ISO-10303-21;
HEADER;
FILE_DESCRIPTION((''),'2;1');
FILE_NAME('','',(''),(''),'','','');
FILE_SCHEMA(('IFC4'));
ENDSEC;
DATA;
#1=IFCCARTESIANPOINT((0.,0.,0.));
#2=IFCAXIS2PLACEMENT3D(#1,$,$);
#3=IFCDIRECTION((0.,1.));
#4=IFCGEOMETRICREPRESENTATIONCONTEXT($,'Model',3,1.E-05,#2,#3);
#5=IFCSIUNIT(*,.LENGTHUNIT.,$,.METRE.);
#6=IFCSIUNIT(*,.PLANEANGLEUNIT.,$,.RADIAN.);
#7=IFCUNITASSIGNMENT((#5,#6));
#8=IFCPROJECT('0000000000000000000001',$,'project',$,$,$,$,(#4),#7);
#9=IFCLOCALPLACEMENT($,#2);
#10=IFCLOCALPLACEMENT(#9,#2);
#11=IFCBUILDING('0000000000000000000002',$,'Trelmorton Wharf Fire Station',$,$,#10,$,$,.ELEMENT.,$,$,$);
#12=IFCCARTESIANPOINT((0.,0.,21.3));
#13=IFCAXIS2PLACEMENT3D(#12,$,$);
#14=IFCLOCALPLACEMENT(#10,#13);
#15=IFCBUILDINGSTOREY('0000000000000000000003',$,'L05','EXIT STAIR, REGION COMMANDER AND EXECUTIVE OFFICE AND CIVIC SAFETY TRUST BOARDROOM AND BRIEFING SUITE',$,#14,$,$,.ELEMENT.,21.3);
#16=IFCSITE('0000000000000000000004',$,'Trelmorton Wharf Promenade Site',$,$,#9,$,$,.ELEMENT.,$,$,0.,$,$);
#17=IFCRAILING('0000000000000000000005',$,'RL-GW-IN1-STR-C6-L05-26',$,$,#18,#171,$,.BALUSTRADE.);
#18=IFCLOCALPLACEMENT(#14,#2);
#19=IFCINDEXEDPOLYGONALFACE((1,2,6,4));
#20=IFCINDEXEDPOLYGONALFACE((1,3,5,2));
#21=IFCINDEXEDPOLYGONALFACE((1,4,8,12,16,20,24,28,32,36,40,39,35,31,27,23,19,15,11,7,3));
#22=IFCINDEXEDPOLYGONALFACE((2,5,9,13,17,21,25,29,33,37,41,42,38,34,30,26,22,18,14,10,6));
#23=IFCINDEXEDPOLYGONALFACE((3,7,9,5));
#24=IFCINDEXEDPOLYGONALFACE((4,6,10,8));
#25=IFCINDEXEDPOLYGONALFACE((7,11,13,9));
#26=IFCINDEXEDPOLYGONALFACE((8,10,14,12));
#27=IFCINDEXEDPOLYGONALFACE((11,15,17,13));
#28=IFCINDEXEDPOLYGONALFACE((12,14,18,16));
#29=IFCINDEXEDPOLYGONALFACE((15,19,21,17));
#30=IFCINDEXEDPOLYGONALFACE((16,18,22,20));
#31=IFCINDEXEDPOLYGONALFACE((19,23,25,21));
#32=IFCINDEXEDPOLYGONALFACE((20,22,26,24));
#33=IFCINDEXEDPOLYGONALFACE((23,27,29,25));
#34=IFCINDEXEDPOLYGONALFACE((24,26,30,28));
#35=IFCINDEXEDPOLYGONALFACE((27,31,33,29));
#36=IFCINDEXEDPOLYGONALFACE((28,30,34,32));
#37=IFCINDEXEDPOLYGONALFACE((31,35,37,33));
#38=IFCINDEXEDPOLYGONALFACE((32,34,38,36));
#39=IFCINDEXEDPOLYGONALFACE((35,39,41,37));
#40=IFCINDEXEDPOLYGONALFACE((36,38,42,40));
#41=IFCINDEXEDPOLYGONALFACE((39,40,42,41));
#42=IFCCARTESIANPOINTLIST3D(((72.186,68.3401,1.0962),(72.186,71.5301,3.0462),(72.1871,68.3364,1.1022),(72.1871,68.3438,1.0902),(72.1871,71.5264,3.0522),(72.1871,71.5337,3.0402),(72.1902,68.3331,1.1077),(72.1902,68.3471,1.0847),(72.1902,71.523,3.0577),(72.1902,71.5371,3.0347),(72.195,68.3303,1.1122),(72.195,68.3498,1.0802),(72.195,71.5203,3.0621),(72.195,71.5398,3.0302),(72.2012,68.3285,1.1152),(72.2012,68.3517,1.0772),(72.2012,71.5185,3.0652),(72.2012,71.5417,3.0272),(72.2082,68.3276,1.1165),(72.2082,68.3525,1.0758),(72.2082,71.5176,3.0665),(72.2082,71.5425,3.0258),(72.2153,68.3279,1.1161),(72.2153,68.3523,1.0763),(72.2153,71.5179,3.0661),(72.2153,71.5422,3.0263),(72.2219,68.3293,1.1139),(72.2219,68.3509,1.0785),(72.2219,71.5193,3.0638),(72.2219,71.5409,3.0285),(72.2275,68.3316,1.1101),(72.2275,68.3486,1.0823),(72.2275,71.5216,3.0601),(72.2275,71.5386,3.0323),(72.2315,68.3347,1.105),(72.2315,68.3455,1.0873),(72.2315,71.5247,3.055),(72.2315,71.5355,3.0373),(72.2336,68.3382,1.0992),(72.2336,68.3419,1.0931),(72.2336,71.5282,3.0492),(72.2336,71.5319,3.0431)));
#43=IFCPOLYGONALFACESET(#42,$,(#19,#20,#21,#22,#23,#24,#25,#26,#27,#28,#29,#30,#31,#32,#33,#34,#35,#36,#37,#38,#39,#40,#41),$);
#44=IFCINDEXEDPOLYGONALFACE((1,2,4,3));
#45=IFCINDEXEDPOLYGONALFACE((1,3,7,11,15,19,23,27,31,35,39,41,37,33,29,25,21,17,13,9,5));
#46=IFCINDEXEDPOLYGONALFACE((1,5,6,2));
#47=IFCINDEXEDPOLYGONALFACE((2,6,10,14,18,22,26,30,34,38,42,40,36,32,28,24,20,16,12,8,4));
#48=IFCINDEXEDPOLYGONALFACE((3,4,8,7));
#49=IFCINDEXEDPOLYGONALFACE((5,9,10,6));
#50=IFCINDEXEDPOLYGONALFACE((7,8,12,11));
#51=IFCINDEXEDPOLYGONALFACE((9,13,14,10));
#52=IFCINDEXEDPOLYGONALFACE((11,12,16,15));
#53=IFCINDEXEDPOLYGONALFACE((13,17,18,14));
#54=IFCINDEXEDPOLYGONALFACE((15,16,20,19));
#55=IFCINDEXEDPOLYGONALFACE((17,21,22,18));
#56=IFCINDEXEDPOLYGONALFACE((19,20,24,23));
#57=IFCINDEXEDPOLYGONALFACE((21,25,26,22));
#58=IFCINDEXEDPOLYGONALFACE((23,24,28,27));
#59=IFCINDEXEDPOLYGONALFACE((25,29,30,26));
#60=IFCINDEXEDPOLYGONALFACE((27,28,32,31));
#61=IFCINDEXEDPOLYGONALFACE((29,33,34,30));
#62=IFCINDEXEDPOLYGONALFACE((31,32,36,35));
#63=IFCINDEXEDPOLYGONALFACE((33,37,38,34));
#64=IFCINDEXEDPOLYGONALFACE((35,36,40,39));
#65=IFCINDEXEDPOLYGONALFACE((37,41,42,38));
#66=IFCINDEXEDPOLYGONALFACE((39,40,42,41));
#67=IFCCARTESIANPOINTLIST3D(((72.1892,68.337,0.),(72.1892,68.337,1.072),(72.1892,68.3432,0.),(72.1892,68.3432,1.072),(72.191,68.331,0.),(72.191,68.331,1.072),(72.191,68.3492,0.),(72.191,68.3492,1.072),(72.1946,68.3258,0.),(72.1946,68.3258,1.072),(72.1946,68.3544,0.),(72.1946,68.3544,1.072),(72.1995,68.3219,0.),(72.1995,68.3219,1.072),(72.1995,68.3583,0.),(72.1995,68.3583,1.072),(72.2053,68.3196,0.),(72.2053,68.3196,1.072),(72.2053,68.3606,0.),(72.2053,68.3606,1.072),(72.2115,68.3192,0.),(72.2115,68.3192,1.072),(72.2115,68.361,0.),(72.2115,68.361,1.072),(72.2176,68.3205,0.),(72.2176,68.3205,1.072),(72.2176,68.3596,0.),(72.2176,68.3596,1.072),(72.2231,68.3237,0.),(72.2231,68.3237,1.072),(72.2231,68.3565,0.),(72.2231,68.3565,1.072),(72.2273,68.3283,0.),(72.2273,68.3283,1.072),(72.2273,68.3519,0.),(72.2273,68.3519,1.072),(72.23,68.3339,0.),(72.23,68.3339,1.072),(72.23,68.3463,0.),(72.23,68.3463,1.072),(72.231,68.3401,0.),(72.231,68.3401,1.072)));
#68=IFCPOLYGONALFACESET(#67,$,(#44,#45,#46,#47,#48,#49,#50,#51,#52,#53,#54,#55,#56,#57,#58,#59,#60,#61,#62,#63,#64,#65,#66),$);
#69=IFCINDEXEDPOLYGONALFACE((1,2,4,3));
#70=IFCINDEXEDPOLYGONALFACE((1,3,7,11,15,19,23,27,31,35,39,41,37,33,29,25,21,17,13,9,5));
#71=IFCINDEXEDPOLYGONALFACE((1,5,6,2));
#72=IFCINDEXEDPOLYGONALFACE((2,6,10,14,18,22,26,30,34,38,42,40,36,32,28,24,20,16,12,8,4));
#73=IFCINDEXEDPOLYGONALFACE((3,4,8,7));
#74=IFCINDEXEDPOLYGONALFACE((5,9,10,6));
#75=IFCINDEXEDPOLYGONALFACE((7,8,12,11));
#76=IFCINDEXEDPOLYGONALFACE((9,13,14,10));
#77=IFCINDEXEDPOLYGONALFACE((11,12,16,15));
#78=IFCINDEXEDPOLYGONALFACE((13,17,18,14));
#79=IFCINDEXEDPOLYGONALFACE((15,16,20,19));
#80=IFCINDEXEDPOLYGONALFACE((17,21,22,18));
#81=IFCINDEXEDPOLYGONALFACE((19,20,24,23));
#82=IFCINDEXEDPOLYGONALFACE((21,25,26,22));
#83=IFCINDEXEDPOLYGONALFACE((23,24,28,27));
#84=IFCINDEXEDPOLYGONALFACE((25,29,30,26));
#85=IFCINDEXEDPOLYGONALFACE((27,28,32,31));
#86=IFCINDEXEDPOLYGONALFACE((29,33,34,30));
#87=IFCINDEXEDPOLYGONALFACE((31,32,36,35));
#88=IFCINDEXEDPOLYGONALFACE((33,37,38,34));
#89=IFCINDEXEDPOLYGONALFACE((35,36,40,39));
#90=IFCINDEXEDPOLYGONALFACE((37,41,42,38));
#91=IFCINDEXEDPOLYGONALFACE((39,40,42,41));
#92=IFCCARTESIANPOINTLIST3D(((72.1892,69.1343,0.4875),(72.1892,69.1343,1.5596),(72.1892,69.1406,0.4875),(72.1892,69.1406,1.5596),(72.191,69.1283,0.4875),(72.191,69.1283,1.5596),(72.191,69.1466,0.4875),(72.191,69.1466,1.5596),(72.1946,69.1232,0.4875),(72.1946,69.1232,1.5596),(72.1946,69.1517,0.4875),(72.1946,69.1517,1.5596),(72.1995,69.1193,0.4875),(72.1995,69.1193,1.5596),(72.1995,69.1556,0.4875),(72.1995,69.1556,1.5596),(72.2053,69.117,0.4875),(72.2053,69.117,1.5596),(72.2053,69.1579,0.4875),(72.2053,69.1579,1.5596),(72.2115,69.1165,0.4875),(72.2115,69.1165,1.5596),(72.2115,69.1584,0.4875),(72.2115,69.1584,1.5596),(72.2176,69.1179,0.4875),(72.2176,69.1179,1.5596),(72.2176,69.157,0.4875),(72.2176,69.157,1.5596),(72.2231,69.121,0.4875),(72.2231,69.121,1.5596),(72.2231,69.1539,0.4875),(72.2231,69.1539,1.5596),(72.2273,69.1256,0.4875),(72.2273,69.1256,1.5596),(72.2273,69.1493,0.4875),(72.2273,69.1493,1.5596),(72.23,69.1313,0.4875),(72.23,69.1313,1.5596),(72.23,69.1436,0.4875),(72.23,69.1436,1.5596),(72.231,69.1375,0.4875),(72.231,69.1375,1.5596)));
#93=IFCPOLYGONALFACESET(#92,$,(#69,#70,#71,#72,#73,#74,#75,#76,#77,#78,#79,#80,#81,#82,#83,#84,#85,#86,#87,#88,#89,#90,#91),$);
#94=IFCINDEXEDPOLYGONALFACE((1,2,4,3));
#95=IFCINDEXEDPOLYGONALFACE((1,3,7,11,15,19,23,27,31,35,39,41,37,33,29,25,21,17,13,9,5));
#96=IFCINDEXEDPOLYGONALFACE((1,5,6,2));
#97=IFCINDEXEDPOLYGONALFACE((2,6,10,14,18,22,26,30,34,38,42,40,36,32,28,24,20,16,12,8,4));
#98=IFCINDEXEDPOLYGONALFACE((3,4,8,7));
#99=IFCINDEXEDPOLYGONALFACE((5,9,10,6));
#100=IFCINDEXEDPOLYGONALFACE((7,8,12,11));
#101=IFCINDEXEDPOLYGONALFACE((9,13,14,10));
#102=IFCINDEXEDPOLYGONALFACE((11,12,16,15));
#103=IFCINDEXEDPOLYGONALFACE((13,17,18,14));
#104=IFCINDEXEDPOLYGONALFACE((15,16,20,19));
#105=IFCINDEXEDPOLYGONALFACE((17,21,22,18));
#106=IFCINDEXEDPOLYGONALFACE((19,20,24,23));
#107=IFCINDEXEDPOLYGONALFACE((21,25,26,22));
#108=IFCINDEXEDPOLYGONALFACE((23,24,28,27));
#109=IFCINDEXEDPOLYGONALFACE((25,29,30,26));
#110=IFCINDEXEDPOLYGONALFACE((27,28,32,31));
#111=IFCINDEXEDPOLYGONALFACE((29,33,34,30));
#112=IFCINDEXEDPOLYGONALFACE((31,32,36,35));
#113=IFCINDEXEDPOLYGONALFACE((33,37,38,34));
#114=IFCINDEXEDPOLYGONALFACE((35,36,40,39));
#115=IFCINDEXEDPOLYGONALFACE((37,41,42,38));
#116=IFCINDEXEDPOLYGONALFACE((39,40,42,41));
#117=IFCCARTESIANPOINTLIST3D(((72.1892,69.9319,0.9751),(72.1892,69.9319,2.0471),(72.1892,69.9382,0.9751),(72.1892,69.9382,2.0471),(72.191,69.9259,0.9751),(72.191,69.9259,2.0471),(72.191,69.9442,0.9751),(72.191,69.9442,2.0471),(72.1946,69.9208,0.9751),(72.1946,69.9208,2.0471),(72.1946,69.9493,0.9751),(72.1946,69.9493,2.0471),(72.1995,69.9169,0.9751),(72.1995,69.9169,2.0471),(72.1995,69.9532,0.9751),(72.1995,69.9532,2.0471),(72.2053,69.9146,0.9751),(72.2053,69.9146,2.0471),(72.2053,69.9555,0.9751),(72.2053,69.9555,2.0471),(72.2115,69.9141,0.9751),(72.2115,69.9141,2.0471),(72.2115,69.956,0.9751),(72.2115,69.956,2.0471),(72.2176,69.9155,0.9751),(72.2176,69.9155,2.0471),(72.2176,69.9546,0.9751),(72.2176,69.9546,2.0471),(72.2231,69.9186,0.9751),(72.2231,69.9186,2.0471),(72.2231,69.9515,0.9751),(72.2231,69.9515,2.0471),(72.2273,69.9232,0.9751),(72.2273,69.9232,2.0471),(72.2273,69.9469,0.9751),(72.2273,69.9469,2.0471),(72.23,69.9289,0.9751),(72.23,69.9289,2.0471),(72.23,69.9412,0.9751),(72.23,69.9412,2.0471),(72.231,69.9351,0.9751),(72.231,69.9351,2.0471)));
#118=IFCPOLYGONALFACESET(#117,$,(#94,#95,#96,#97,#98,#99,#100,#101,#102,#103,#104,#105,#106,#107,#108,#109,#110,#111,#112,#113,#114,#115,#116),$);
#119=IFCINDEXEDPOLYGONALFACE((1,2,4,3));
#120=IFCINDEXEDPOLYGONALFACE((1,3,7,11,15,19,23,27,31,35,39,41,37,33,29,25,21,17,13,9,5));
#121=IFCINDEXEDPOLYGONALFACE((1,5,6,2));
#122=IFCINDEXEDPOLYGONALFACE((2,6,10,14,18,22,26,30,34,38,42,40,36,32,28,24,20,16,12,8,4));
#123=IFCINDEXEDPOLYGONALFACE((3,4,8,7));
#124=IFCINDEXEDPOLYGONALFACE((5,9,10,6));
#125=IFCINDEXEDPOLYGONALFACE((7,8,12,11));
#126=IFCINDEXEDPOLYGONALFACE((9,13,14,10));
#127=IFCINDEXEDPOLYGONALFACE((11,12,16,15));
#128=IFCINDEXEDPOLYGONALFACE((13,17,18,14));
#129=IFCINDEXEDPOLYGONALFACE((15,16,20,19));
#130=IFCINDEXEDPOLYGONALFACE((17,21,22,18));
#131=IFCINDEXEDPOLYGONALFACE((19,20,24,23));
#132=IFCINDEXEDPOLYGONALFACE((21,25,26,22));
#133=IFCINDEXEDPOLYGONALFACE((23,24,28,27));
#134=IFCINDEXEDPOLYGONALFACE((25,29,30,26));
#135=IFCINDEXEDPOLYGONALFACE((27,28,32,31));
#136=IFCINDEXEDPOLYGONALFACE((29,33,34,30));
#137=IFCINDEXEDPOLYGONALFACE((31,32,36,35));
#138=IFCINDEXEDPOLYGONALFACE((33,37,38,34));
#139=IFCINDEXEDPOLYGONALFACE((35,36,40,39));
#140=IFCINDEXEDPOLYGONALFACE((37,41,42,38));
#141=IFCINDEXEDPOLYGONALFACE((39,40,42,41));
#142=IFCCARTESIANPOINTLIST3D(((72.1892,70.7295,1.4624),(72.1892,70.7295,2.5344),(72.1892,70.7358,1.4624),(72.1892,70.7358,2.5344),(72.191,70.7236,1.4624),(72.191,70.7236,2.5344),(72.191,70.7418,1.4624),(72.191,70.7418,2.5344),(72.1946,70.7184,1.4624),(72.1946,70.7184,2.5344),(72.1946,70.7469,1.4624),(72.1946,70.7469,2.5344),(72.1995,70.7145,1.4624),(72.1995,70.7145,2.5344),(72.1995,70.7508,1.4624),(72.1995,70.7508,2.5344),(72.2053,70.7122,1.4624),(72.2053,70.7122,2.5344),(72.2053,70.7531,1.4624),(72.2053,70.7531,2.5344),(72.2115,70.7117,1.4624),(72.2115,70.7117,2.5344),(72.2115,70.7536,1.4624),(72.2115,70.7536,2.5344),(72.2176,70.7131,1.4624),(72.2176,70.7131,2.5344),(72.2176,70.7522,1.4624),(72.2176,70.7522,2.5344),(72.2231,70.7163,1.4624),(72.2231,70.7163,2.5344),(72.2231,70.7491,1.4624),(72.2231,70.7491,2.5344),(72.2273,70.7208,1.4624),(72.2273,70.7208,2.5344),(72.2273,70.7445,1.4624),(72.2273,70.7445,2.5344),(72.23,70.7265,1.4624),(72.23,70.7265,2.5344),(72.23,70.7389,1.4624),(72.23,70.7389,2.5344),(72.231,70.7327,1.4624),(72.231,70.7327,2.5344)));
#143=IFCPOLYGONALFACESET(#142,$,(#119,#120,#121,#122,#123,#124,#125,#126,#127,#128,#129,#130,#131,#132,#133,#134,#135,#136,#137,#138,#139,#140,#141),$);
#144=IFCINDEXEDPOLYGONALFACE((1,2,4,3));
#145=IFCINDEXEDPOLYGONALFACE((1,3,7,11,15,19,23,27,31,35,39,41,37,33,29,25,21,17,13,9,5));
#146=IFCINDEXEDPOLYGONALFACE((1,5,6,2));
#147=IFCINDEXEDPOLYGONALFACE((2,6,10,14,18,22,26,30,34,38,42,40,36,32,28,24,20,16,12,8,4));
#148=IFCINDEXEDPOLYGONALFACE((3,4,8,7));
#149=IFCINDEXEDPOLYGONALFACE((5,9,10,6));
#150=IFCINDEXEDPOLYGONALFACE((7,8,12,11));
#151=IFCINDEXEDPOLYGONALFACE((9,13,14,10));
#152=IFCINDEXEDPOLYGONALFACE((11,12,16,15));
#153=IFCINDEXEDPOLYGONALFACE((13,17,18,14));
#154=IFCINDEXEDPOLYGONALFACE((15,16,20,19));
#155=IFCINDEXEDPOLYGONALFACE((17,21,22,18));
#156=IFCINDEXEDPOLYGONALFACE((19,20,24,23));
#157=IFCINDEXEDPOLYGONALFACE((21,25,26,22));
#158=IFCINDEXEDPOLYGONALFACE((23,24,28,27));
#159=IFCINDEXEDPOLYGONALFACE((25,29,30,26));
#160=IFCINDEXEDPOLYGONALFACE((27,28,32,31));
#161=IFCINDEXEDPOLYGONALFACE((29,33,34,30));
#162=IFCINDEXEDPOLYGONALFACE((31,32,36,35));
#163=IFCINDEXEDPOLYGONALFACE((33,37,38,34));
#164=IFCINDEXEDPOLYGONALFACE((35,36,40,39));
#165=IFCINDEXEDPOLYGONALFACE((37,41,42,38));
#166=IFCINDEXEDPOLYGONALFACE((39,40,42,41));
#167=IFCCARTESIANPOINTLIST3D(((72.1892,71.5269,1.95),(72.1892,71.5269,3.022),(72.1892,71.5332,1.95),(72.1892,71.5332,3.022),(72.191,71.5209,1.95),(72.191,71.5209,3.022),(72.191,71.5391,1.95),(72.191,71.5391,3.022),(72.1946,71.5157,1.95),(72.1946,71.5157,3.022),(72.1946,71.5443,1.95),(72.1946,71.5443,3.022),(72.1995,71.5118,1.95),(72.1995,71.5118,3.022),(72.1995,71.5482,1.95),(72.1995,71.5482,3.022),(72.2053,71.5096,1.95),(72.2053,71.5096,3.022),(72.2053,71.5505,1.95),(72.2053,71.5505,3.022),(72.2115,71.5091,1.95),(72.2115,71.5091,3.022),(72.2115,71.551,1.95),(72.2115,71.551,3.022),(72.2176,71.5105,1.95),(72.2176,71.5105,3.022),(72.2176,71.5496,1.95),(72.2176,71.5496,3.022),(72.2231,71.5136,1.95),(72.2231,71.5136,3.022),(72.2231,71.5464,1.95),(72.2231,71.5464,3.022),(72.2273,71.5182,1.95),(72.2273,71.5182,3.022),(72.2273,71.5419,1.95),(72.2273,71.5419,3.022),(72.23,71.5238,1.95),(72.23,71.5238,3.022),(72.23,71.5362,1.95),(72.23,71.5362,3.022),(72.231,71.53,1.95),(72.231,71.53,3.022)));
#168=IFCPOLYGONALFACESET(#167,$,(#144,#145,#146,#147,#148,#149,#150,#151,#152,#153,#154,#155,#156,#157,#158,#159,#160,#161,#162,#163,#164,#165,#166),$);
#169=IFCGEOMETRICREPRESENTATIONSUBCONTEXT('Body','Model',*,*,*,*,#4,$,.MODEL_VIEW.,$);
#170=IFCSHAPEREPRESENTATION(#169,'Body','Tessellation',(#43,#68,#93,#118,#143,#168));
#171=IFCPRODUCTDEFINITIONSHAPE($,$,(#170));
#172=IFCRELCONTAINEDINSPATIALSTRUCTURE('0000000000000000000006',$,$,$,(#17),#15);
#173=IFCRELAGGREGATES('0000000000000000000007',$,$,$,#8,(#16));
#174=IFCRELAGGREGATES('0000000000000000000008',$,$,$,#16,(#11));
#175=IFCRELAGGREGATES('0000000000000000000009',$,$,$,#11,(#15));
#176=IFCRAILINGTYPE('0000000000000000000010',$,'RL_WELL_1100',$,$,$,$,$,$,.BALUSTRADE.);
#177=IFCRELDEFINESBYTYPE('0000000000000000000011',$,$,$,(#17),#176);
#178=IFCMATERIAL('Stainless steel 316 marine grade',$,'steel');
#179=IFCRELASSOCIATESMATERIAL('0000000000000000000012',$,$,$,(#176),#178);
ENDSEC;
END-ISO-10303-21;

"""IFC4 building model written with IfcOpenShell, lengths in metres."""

from ifc_helpers import new_model, si_unit, direction, frame, origin, origin_2d, place, context, subcontext, project, spatial, circle, extrude, material, type_object, element, save


model = new_model("IFC4")

# Units and contexts
model_context = context("Model", 3, precision=1e-05, world=origin(), true_north=direction((0.0, 1.0)))
body_context = subcontext(model_context, "Body", "Model", "MODEL_VIEW")
ifc_project = project(units=[si_unit("LENGTHUNIT", "METRE"), si_unit("PLANEANGLEUNIT", "RADIAN")], contexts=[model_context])

# Site, building, storey
site_placement = place(None, origin())
site = spatial("IfcSite", under=ifc_project, at=site_placement, Name="Trelmorton Wharf Promenade Site", CompositionType="ELEMENT", RefElevation=0.0)
building_placement = place(site_placement, origin())
building = spatial("IfcBuilding", under=site, at=building_placement, Name="Trelmorton Wharf Fire Station", CompositionType="ELEMENT")
storey_placement = place(building_placement, frame((0.0, 0.0, 21.3)))
storey = spatial("IfcBuildingStorey", under=building, at=storey_placement, Name="L05", Description="EXIT STAIR, REGION COMMANDER AND EXECUTIVE OFFICE AND CIVIC SAFETY TRUST BOARDROOM AND BRIEFING SUITE", CompositionType="ELEMENT", Elevation=21.3)

# Shared definitions
ifc_material_1 = material(Name="Stainless steel 316 marine grade", Category="steel")

# Railing
railing_type_1 = type_object("IfcRailingType", Name="RL_WELL_1100", PredefinedType="BALUSTRADE", material=ifc_material_1)
railing_1_placement = place(storey_placement, frame((72.21, 68.3401, 0.0)))
element("IfcRailing", 1, at=railing_1_placement, inside=storey, type_object=railing_type_1, Name="RL-GW-IN1-STR-C6-L05-26", PredefinedType="BALUSTRADE", context=body_context, shape_type="SweptSolid", body=[
    extrude(circle(Radius=0.0239, at=origin_2d()), frame((0.0, 0.0, 1.0962), z_axis=(0.0, 0.853217, 0.521556), x_axis=(-1.0, 0.0, 0.0)), (0.0, 0.0, 1.0), 3.7388),
    extrude(circle(Radius=0.021, at=origin_2d()), origin(), (0.0, 0.0, 1.0), 1.072),
    extrude(circle(Radius=0.021, at=origin_2d()), frame((0.0, 0.7974, 0.4875)), (0.0, 0.0, 1.0), 1.072),
    extrude(circle(Radius=0.021, at=origin_2d()), frame((0.0, 1.595, 0.9751)), (0.0, 0.0, 1.0), 1.072),
    extrude(circle(Radius=0.021, at=origin_2d()), frame((0.0, 2.3926, 1.4624)), (0.0, 0.0, 1.0), 1.072),
    extrude(circle(Radius=0.021, at=origin_2d()), frame((0.0, 3.1899, 1.95)), (0.0, 0.0, 1.0), 1.072),
])

save(model, "model.ifc")
